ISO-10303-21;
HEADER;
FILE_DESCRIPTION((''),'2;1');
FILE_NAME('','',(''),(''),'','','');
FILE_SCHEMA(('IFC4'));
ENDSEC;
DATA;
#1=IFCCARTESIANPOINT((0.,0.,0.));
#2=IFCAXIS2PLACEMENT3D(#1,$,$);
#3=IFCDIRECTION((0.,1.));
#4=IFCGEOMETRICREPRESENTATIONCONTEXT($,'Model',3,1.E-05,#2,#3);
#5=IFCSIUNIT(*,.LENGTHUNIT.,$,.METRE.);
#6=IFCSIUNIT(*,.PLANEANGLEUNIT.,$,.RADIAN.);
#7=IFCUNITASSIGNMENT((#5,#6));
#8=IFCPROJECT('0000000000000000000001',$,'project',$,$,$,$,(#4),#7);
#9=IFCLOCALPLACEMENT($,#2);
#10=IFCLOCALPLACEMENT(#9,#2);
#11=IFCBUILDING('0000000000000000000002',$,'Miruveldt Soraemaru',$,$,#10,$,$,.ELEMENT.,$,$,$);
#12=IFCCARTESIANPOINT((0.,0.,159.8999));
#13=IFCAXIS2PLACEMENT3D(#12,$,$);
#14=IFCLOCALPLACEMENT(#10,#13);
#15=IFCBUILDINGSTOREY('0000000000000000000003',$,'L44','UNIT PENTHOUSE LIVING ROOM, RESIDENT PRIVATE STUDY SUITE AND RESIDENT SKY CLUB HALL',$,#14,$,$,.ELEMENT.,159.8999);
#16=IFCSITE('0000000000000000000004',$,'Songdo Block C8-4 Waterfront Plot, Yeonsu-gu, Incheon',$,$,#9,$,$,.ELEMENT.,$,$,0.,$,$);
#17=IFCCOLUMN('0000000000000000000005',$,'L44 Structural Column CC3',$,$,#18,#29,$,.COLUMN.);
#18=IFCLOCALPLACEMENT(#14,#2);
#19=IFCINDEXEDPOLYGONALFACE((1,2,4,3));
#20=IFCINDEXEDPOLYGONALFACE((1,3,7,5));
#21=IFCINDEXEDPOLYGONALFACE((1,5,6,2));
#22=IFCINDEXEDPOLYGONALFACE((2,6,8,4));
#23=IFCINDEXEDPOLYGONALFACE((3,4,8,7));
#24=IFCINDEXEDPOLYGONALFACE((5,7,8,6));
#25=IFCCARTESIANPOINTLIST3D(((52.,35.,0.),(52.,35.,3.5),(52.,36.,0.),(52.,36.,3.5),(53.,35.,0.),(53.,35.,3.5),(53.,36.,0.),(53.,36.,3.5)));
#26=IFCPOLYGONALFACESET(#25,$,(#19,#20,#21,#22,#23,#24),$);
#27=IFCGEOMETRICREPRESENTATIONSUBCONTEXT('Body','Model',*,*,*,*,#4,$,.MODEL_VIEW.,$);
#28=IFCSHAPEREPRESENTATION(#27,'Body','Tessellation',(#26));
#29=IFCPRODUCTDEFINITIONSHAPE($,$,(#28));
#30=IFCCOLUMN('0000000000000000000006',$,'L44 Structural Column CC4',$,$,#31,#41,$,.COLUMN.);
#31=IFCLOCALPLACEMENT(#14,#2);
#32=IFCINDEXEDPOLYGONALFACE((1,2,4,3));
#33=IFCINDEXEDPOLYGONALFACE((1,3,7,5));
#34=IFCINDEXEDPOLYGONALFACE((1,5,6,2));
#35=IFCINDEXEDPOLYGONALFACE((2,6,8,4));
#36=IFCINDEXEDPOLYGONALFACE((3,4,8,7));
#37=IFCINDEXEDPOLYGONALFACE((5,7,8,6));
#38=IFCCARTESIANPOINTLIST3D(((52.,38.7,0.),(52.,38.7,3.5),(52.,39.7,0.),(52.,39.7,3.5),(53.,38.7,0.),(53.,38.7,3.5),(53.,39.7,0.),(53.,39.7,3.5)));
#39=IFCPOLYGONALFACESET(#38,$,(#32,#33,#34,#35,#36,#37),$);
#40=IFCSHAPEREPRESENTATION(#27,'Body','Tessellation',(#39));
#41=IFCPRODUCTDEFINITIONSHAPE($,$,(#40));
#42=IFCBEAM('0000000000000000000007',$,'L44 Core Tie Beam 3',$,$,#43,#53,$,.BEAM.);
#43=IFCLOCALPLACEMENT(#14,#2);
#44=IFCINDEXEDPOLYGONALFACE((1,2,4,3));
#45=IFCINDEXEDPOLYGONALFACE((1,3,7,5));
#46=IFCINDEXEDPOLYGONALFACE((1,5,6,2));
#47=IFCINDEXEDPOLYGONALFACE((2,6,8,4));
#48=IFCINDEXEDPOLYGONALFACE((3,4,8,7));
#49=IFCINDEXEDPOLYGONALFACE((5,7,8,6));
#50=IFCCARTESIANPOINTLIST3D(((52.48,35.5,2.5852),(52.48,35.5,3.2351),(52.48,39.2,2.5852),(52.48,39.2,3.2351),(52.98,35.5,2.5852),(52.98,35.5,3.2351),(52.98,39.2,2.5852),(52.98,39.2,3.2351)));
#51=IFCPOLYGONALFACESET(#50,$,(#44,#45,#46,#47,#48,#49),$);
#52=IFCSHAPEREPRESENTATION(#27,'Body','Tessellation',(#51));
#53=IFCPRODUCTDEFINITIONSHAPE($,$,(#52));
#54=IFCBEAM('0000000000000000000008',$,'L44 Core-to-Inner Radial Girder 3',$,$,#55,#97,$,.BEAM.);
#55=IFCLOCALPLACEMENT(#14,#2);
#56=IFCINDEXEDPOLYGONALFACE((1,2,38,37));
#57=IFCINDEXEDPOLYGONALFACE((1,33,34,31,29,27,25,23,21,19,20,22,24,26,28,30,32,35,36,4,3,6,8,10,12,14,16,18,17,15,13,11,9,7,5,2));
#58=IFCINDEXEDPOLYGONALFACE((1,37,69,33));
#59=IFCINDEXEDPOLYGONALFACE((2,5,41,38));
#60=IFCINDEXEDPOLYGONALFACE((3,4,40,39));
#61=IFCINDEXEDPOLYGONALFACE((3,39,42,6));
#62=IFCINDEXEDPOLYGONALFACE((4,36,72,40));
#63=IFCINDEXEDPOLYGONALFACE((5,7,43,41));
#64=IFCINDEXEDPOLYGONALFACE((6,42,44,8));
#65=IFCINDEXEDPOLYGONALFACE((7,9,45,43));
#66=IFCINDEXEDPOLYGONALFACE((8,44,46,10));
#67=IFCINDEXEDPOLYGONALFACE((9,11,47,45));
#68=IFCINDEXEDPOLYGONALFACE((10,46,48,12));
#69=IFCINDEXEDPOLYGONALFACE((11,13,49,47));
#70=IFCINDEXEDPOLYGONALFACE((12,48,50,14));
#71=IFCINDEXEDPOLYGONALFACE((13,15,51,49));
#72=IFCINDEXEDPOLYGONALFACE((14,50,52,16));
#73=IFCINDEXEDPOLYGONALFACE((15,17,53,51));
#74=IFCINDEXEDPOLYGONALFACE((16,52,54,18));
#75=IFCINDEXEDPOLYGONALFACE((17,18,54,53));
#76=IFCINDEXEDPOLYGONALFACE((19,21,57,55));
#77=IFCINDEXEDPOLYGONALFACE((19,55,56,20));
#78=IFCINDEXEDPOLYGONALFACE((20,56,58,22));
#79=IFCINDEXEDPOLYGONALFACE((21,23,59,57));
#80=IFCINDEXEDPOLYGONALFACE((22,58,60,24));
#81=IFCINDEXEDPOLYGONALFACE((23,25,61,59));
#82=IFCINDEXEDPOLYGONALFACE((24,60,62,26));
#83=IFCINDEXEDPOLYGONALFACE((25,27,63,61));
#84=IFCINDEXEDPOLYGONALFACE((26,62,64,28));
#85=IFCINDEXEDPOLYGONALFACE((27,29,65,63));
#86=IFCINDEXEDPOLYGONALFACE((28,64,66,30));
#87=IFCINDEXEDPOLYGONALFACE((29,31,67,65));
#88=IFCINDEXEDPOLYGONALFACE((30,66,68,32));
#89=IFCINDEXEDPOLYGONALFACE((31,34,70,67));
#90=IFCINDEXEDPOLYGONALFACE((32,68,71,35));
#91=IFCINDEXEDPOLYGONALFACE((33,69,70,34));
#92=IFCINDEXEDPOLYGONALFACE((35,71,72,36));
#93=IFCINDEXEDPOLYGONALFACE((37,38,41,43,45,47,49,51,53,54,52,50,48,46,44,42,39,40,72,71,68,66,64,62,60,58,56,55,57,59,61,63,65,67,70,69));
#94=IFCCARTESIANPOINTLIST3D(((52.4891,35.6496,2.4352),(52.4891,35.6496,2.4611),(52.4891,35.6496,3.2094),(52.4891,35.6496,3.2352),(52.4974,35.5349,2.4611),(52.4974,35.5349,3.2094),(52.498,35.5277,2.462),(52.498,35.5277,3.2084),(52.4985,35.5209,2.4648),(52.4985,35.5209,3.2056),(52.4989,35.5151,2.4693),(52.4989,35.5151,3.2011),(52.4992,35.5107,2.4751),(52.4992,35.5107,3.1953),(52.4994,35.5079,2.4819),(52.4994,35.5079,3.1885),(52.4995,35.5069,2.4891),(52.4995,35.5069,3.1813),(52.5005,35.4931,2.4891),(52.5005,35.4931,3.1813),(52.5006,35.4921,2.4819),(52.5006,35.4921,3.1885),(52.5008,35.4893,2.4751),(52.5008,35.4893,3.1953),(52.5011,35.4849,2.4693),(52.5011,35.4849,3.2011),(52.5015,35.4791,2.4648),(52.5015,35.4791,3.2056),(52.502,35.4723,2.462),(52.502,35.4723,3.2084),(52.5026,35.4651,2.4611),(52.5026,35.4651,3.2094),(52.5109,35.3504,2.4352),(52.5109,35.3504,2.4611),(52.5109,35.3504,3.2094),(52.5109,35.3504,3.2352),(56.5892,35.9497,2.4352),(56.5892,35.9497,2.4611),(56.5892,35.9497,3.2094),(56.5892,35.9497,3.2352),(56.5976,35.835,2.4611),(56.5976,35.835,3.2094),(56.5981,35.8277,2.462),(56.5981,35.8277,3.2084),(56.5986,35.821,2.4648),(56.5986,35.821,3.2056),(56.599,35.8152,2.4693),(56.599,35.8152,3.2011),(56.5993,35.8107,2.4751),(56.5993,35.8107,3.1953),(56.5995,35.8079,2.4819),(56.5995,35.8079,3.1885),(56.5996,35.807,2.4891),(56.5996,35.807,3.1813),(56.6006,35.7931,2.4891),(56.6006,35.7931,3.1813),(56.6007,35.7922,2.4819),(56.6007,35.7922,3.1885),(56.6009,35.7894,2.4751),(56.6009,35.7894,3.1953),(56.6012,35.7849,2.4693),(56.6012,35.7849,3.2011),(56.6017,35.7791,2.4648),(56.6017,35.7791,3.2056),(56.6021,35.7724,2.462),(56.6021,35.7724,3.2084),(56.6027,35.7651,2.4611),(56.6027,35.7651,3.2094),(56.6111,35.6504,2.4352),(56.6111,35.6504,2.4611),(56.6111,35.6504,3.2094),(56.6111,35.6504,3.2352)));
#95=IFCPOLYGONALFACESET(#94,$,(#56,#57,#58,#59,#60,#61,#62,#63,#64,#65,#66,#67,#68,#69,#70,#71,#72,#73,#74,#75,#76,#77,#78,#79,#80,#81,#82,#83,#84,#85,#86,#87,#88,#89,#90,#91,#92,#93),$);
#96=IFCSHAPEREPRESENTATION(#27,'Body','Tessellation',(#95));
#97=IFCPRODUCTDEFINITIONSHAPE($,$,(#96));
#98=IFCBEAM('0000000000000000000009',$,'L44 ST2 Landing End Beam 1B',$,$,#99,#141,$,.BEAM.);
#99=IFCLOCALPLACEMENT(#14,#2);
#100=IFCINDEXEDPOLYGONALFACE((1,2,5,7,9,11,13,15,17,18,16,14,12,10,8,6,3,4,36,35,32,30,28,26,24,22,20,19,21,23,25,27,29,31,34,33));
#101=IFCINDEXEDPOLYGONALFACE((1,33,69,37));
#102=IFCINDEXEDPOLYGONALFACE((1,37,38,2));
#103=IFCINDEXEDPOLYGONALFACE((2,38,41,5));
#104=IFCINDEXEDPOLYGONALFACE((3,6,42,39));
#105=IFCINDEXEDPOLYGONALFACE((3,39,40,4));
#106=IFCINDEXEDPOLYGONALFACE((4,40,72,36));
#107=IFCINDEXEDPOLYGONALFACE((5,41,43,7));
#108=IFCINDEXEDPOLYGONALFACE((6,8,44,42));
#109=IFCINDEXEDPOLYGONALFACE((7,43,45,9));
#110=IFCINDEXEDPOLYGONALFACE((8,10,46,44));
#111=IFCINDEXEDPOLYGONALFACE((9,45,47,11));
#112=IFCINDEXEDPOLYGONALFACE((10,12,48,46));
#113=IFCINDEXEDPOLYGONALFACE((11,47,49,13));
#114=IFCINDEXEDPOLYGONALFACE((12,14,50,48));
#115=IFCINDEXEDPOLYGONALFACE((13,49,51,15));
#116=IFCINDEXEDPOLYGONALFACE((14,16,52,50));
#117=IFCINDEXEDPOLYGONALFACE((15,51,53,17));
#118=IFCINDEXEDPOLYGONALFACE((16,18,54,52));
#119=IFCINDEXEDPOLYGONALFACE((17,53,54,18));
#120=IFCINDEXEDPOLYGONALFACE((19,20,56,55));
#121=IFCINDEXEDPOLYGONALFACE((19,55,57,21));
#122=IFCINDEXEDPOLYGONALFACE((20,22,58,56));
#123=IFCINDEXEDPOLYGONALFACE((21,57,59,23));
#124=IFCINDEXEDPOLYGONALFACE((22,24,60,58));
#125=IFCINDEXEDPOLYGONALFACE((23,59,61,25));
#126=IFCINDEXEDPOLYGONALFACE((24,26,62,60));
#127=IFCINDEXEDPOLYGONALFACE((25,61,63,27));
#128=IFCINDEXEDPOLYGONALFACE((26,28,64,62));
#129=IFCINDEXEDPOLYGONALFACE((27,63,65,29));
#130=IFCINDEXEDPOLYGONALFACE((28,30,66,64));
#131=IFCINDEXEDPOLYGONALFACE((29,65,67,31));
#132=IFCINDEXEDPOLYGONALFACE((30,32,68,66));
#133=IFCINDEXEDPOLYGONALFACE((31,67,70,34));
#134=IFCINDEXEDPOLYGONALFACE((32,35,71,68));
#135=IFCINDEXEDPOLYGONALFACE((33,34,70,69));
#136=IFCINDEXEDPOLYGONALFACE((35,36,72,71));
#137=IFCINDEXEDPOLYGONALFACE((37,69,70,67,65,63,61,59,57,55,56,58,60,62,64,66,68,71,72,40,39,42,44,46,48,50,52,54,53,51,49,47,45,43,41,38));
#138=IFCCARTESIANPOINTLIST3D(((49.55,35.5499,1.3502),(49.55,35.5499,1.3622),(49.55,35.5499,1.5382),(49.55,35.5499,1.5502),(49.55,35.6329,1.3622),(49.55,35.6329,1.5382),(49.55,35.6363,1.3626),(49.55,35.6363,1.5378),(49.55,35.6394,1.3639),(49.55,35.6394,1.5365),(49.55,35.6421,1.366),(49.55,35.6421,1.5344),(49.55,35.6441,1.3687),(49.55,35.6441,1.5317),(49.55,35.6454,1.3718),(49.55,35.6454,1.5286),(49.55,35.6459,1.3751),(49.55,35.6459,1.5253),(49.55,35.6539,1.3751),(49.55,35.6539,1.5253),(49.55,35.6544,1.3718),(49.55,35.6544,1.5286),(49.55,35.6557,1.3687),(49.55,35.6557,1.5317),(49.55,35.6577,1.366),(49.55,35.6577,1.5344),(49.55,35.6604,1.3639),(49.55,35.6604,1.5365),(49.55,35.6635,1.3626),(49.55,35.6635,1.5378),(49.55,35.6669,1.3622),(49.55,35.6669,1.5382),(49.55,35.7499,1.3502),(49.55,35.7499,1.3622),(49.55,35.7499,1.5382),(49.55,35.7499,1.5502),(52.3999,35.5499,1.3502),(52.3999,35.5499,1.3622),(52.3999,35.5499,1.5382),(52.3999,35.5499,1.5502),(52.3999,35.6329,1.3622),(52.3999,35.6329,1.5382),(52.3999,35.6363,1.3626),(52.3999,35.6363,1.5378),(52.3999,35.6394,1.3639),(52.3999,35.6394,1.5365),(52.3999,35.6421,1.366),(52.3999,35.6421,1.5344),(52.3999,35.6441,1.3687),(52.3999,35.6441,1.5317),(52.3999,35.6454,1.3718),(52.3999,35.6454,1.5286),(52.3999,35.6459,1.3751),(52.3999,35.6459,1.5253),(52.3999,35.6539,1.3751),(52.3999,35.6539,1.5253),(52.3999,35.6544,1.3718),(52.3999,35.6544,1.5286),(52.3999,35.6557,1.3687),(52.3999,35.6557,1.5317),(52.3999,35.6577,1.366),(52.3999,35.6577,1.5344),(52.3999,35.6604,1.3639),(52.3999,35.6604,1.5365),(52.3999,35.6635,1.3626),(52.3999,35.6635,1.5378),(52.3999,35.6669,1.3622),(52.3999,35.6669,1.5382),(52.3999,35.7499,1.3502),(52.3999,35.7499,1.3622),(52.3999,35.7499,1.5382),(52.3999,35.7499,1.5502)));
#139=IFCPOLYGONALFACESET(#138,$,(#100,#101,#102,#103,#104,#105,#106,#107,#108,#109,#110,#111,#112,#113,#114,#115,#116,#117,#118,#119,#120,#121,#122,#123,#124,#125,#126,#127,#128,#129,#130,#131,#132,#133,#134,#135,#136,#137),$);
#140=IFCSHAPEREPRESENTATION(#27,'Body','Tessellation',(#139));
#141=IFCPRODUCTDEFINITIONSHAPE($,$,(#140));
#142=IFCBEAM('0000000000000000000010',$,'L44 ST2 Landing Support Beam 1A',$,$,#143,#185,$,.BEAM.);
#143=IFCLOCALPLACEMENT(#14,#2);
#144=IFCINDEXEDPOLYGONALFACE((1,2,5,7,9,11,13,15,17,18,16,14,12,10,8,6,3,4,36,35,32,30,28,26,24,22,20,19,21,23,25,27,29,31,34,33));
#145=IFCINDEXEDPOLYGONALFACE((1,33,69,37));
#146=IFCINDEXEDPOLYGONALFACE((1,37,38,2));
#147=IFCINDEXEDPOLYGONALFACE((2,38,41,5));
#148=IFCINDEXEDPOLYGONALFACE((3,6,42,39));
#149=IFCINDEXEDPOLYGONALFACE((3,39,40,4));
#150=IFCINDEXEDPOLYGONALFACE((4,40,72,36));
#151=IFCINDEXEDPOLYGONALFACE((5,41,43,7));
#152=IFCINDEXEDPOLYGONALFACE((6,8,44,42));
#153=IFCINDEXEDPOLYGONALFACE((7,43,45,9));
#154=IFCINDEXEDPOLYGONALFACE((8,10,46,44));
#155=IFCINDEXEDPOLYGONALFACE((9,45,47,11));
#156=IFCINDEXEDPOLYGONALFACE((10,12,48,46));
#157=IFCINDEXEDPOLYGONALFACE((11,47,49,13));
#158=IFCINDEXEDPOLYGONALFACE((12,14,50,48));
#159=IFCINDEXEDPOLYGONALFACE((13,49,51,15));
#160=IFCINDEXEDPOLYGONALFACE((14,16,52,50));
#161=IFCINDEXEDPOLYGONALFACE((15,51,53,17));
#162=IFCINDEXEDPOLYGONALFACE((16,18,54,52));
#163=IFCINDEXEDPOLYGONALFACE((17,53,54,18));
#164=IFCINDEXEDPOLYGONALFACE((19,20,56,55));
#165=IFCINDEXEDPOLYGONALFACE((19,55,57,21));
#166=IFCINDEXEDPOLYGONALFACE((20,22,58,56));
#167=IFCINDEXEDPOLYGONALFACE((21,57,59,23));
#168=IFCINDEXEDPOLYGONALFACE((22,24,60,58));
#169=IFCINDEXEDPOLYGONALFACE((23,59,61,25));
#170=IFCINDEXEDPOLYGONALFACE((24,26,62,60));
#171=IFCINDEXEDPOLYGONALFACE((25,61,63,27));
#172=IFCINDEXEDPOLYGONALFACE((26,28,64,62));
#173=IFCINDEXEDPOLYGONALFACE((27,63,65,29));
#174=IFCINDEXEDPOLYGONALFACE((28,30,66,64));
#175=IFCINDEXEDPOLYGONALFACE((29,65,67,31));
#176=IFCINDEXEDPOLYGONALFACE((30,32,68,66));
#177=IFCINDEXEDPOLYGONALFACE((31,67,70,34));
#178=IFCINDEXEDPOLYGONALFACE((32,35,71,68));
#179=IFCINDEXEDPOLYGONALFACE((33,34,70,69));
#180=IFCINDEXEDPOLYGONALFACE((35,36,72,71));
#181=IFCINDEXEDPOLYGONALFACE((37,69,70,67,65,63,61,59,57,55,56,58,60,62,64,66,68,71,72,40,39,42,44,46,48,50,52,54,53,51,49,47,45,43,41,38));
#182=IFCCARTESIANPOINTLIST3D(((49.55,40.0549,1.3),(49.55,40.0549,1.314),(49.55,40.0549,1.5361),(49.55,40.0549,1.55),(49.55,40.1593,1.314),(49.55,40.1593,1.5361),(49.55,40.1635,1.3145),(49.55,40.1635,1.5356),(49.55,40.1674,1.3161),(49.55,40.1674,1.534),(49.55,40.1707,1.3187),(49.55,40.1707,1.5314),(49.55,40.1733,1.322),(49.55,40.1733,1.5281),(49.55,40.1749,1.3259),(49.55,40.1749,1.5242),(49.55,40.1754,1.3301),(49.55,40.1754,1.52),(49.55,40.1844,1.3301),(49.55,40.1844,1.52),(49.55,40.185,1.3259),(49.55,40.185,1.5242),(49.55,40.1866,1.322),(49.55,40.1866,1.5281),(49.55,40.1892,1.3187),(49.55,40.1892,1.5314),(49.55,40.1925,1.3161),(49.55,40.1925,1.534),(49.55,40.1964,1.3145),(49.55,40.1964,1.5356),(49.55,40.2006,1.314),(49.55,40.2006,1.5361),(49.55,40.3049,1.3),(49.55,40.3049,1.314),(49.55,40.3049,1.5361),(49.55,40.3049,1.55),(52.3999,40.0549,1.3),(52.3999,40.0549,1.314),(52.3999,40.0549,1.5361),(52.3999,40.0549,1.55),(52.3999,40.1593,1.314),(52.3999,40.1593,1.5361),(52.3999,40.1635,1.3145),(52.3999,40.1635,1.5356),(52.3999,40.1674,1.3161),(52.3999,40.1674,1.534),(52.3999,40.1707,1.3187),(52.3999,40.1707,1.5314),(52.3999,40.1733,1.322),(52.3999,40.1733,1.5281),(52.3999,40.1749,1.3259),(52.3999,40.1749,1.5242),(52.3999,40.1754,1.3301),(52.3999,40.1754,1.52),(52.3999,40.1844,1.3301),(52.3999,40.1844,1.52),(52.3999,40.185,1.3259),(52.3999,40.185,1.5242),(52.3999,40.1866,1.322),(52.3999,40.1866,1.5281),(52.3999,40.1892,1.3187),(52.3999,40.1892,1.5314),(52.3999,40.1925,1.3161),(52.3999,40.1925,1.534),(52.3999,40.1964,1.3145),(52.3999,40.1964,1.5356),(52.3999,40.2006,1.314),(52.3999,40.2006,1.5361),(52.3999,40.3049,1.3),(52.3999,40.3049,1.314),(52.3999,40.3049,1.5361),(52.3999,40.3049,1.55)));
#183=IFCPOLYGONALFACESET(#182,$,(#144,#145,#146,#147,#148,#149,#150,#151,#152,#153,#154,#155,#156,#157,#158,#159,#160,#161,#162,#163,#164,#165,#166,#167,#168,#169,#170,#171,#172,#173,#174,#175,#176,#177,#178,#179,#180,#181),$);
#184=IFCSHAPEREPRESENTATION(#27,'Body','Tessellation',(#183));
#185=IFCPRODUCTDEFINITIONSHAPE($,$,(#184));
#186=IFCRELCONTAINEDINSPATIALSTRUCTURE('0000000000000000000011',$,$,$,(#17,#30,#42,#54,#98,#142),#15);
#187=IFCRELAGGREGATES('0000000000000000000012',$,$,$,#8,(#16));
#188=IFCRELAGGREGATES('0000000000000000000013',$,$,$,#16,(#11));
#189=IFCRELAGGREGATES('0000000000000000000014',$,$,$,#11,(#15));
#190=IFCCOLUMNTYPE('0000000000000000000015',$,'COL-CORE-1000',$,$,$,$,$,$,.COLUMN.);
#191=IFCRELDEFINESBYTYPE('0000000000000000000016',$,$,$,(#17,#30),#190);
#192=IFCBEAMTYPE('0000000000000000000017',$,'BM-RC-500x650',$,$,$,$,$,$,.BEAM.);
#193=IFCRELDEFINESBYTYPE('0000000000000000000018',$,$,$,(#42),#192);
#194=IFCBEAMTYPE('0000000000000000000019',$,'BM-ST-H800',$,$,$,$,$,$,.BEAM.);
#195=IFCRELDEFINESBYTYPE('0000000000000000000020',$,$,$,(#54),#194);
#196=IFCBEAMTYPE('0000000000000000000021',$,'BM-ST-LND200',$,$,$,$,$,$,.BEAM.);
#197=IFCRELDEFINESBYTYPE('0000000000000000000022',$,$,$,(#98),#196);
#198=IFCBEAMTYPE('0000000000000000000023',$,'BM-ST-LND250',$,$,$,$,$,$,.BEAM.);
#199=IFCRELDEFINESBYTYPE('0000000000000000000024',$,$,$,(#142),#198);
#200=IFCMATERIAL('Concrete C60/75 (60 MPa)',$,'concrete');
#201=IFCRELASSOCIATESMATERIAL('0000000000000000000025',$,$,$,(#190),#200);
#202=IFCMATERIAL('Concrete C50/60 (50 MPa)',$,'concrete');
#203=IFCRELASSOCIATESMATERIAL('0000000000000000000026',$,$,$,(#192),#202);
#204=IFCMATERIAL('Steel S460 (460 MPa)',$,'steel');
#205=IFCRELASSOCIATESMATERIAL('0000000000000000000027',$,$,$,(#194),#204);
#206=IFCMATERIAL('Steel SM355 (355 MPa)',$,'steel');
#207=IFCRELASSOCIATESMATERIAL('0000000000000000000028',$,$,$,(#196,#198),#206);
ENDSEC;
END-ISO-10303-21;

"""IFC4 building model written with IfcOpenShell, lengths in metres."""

from ifc_helpers import new_model, si_unit, direction, frame, origin, origin_2d, place, context, subcontext, project, spatial, rectangle, i_section, extrude, material, material_profile, profile_set, type_object, element, save


model = new_model("IFC4")

# Units and contexts
model_context = context("Model", 3, precision=1e-05, world=origin(), true_north=direction((0.0, 1.0)))
body_context = subcontext(model_context, "Body", "Model", "MODEL_VIEW")
ifc_project = project(units=[si_unit("LENGTHUNIT", "METRE"), si_unit("PLANEANGLEUNIT", "RADIAN")], contexts=[model_context])

# Site, building, storey
site_placement = place(None, origin())
site = spatial("IfcSite", under=ifc_project, at=site_placement, Name="Songdo Block C8-4 Waterfront Plot, Yeonsu-gu, Incheon", CompositionType="ELEMENT", RefElevation=0.0)
building_placement = place(site_placement, origin())
building = spatial("IfcBuilding", under=site, at=building_placement, Name="Miruveldt Soraemaru", CompositionType="ELEMENT")
storey_placement = place(building_placement, frame((0.0, 0.0, 159.8999)))
storey = spatial("IfcBuildingStorey", under=building, at=storey_placement, Name="L44", Description="UNIT PENTHOUSE LIVING ROOM, RESIDENT PRIVATE STUDY SUITE AND RESIDENT SKY CLUB HALL", CompositionType="ELEMENT", Elevation=159.8999)

# Columns
ifc_material_1 = material(Name="Concrete C60/75 (60 MPa)", Category="concrete")
ifc_material_profile_1 = material_profile(ifc_material_1, rectangle(XDim=1.0, YDim=1.0, at=origin_2d()), Name="Concrete C60/75 (60 MPa)", Category="concrete")
ifc_profile_set_1 = profile_set([ifc_material_profile_1], Name="Concrete C60/75 (60 MPa)")
column_type = type_object("IfcColumnType", Name="COL-CORE-1000", PredefinedType="COLUMN", material=ifc_profile_set_1)
for number, where, z_axis, x_axis, name in (
    (1, (52.5, 35.5, 0.0), (0.0, 0.0, 1.0), (1.0, 0.0, 0.0), "L44 Structural Column CC3"),
    (2, (52.5, 39.2, 0.0), (0.0, 0.0, 1.0), (1.0, 0.0, 0.0), "L44 Structural Column CC4"),
):
    element("IfcColumn", number, at=place(storey_placement, frame(where, z_axis=z_axis, x_axis=x_axis)), inside=storey, type_object=column_type, Name=name, PredefinedType="COLUMN", context=body_context, shape_type="SweptSolid", body=[
        extrude(rectangle(XDim=1.0, YDim=1.0, at=origin_2d()), origin(), (0.0, 0.0, 1.0), 3.5),
    ])

# Beams
ifc_material_2 = material(Name="Concrete C50/60 (50 MPa)", Category="concrete")
ifc_material_profile_2 = material_profile(ifc_material_2, rectangle(XDim=0.5, YDim=0.6499, at=origin_2d()), Name="Concrete C50/60 (50 MPa)", Category="concrete")
ifc_profile_set_2 = profile_set([ifc_material_profile_2], Name="Concrete C50/60 (50 MPa)")
beam_type_1 = type_object("IfcBeamType", Name="BM-RC-500x650", PredefinedType="BEAM", material=ifc_profile_set_2)
beam_1_placement = place(storey_placement, frame((52.73, 35.5, 2.9102), z_axis=(0.0, 1.0, 0.0), x_axis=(-1.0, 0.0, 0.0)))
element("IfcBeam", 3, at=beam_1_placement, inside=storey, type_object=beam_type_1, Name="L44 Core Tie Beam 3", PredefinedType="BEAM", context=body_context, shape_type="SweptSolid", body=[
    extrude(rectangle(XDim=0.5, YDim=0.6499, at=origin_2d()), origin(), (0.0, 0.0, 1.0), 3.7),
])
ifc_material_3 = material(Name="Steel S460 (460 MPa)", Category="steel")
ifc_material_profile_3 = material_profile(ifc_material_3, i_section(OverallWidth=0.3, OverallDepth=0.8, WebThickness=0.0139, FlangeThickness=0.0259, FilletRadius=0.0281, at=origin_2d()), Name="Steel S460 (460 MPa)", Category="steel")
ifc_profile_set_3 = profile_set([ifc_material_profile_3], Name="Steel S460 (460 MPa)")
beam_type_2 = type_object("IfcBeamType", Name="BM-ST-H800", PredefinedType="BEAM", material=ifc_profile_set_3)
beam_2_placement = place(storey_placement, frame((52.5, 35.5, 2.8352), z_axis=(0.997333, 0.072986, 0.0), x_axis=(-0.072986, 0.997333, 0.0)))
element("IfcBeam", 4, at=beam_2_placement, inside=storey, type_object=beam_type_2, Name="L44 Core-to-Inner Radial Girder 3", PredefinedType="BEAM", context=body_context, shape_type="SweptSolid", body=[
    extrude(i_section(OverallWidth=0.3, OverallDepth=0.8, WebThickness=0.0139, FlangeThickness=0.0259, FilletRadius=0.0281, at=origin_2d()), origin(), (0.0, 0.0, 1.0), 4.1111),
])
ifc_material_4 = material(Name="Steel SM355 (355 MPa)", Category="steel")
ifc_material_profile_4 = material_profile(ifc_material_4, i_section(OverallWidth=0.2, OverallDepth=0.2, WebThickness=0.0081, FlangeThickness=0.012, FilletRadius=0.0129, at=origin_2d()), Name="Steel SM355 (355 MPa)", Category="steel")
ifc_profile_set_4 = profile_set([ifc_material_profile_4], Name="Steel SM355 (355 MPa)")
beam_type_3 = type_object("IfcBeamType", Name="BM-ST-LND200", PredefinedType="BEAM", material=ifc_profile_set_4)
beam_3_placement = place(storey_placement, frame((49.55, 35.6499, 1.4502), z_axis=(1.0, 0.0, 0.0), x_axis=(0.0, 1.0, 0.0)))
element("IfcBeam", 5, at=beam_3_placement, inside=storey, type_object=beam_type_3, Name="L44 ST2 Landing End Beam 1B", PredefinedType="BEAM", context=body_context, shape_type="SweptSolid", body=[
    extrude(i_section(OverallWidth=0.2, OverallDepth=0.2, WebThickness=0.0081, FlangeThickness=0.012, FilletRadius=0.0129, at=origin_2d()), origin(), (0.0, 0.0, 1.0), 2.8499),
])
ifc_material_profile_5 = material_profile(ifc_material_4, i_section(OverallWidth=0.25, OverallDepth=0.25, WebThickness=0.009, FlangeThickness=0.0139, FilletRadius=0.0161, at=origin_2d()), Name="Steel SM355 (355 MPa)", Category="steel")
ifc_profile_set_5 = profile_set([ifc_material_profile_5], Name="Steel SM355 (355 MPa)")
beam_type_4 = type_object("IfcBeamType", Name="BM-ST-LND250", PredefinedType="BEAM", material=ifc_profile_set_5)
beam_4_placement = place(storey_placement, frame((49.55, 40.1799, 1.425), z_axis=(1.0, 0.0, 0.0), x_axis=(0.0, 1.0, 0.0)))
element("IfcBeam", 6, at=beam_4_placement, inside=storey, type_object=beam_type_4, Name="L44 ST2 Landing Support Beam 1A", PredefinedType="BEAM", context=body_context, shape_type="SweptSolid", body=[
    extrude(i_section(OverallWidth=0.25, OverallDepth=0.25, WebThickness=0.009, FlangeThickness=0.0139, FilletRadius=0.0161, at=origin_2d()), origin(), (0.0, 0.0, 1.0), 2.8499),
])

save(model, "model.ifc")
